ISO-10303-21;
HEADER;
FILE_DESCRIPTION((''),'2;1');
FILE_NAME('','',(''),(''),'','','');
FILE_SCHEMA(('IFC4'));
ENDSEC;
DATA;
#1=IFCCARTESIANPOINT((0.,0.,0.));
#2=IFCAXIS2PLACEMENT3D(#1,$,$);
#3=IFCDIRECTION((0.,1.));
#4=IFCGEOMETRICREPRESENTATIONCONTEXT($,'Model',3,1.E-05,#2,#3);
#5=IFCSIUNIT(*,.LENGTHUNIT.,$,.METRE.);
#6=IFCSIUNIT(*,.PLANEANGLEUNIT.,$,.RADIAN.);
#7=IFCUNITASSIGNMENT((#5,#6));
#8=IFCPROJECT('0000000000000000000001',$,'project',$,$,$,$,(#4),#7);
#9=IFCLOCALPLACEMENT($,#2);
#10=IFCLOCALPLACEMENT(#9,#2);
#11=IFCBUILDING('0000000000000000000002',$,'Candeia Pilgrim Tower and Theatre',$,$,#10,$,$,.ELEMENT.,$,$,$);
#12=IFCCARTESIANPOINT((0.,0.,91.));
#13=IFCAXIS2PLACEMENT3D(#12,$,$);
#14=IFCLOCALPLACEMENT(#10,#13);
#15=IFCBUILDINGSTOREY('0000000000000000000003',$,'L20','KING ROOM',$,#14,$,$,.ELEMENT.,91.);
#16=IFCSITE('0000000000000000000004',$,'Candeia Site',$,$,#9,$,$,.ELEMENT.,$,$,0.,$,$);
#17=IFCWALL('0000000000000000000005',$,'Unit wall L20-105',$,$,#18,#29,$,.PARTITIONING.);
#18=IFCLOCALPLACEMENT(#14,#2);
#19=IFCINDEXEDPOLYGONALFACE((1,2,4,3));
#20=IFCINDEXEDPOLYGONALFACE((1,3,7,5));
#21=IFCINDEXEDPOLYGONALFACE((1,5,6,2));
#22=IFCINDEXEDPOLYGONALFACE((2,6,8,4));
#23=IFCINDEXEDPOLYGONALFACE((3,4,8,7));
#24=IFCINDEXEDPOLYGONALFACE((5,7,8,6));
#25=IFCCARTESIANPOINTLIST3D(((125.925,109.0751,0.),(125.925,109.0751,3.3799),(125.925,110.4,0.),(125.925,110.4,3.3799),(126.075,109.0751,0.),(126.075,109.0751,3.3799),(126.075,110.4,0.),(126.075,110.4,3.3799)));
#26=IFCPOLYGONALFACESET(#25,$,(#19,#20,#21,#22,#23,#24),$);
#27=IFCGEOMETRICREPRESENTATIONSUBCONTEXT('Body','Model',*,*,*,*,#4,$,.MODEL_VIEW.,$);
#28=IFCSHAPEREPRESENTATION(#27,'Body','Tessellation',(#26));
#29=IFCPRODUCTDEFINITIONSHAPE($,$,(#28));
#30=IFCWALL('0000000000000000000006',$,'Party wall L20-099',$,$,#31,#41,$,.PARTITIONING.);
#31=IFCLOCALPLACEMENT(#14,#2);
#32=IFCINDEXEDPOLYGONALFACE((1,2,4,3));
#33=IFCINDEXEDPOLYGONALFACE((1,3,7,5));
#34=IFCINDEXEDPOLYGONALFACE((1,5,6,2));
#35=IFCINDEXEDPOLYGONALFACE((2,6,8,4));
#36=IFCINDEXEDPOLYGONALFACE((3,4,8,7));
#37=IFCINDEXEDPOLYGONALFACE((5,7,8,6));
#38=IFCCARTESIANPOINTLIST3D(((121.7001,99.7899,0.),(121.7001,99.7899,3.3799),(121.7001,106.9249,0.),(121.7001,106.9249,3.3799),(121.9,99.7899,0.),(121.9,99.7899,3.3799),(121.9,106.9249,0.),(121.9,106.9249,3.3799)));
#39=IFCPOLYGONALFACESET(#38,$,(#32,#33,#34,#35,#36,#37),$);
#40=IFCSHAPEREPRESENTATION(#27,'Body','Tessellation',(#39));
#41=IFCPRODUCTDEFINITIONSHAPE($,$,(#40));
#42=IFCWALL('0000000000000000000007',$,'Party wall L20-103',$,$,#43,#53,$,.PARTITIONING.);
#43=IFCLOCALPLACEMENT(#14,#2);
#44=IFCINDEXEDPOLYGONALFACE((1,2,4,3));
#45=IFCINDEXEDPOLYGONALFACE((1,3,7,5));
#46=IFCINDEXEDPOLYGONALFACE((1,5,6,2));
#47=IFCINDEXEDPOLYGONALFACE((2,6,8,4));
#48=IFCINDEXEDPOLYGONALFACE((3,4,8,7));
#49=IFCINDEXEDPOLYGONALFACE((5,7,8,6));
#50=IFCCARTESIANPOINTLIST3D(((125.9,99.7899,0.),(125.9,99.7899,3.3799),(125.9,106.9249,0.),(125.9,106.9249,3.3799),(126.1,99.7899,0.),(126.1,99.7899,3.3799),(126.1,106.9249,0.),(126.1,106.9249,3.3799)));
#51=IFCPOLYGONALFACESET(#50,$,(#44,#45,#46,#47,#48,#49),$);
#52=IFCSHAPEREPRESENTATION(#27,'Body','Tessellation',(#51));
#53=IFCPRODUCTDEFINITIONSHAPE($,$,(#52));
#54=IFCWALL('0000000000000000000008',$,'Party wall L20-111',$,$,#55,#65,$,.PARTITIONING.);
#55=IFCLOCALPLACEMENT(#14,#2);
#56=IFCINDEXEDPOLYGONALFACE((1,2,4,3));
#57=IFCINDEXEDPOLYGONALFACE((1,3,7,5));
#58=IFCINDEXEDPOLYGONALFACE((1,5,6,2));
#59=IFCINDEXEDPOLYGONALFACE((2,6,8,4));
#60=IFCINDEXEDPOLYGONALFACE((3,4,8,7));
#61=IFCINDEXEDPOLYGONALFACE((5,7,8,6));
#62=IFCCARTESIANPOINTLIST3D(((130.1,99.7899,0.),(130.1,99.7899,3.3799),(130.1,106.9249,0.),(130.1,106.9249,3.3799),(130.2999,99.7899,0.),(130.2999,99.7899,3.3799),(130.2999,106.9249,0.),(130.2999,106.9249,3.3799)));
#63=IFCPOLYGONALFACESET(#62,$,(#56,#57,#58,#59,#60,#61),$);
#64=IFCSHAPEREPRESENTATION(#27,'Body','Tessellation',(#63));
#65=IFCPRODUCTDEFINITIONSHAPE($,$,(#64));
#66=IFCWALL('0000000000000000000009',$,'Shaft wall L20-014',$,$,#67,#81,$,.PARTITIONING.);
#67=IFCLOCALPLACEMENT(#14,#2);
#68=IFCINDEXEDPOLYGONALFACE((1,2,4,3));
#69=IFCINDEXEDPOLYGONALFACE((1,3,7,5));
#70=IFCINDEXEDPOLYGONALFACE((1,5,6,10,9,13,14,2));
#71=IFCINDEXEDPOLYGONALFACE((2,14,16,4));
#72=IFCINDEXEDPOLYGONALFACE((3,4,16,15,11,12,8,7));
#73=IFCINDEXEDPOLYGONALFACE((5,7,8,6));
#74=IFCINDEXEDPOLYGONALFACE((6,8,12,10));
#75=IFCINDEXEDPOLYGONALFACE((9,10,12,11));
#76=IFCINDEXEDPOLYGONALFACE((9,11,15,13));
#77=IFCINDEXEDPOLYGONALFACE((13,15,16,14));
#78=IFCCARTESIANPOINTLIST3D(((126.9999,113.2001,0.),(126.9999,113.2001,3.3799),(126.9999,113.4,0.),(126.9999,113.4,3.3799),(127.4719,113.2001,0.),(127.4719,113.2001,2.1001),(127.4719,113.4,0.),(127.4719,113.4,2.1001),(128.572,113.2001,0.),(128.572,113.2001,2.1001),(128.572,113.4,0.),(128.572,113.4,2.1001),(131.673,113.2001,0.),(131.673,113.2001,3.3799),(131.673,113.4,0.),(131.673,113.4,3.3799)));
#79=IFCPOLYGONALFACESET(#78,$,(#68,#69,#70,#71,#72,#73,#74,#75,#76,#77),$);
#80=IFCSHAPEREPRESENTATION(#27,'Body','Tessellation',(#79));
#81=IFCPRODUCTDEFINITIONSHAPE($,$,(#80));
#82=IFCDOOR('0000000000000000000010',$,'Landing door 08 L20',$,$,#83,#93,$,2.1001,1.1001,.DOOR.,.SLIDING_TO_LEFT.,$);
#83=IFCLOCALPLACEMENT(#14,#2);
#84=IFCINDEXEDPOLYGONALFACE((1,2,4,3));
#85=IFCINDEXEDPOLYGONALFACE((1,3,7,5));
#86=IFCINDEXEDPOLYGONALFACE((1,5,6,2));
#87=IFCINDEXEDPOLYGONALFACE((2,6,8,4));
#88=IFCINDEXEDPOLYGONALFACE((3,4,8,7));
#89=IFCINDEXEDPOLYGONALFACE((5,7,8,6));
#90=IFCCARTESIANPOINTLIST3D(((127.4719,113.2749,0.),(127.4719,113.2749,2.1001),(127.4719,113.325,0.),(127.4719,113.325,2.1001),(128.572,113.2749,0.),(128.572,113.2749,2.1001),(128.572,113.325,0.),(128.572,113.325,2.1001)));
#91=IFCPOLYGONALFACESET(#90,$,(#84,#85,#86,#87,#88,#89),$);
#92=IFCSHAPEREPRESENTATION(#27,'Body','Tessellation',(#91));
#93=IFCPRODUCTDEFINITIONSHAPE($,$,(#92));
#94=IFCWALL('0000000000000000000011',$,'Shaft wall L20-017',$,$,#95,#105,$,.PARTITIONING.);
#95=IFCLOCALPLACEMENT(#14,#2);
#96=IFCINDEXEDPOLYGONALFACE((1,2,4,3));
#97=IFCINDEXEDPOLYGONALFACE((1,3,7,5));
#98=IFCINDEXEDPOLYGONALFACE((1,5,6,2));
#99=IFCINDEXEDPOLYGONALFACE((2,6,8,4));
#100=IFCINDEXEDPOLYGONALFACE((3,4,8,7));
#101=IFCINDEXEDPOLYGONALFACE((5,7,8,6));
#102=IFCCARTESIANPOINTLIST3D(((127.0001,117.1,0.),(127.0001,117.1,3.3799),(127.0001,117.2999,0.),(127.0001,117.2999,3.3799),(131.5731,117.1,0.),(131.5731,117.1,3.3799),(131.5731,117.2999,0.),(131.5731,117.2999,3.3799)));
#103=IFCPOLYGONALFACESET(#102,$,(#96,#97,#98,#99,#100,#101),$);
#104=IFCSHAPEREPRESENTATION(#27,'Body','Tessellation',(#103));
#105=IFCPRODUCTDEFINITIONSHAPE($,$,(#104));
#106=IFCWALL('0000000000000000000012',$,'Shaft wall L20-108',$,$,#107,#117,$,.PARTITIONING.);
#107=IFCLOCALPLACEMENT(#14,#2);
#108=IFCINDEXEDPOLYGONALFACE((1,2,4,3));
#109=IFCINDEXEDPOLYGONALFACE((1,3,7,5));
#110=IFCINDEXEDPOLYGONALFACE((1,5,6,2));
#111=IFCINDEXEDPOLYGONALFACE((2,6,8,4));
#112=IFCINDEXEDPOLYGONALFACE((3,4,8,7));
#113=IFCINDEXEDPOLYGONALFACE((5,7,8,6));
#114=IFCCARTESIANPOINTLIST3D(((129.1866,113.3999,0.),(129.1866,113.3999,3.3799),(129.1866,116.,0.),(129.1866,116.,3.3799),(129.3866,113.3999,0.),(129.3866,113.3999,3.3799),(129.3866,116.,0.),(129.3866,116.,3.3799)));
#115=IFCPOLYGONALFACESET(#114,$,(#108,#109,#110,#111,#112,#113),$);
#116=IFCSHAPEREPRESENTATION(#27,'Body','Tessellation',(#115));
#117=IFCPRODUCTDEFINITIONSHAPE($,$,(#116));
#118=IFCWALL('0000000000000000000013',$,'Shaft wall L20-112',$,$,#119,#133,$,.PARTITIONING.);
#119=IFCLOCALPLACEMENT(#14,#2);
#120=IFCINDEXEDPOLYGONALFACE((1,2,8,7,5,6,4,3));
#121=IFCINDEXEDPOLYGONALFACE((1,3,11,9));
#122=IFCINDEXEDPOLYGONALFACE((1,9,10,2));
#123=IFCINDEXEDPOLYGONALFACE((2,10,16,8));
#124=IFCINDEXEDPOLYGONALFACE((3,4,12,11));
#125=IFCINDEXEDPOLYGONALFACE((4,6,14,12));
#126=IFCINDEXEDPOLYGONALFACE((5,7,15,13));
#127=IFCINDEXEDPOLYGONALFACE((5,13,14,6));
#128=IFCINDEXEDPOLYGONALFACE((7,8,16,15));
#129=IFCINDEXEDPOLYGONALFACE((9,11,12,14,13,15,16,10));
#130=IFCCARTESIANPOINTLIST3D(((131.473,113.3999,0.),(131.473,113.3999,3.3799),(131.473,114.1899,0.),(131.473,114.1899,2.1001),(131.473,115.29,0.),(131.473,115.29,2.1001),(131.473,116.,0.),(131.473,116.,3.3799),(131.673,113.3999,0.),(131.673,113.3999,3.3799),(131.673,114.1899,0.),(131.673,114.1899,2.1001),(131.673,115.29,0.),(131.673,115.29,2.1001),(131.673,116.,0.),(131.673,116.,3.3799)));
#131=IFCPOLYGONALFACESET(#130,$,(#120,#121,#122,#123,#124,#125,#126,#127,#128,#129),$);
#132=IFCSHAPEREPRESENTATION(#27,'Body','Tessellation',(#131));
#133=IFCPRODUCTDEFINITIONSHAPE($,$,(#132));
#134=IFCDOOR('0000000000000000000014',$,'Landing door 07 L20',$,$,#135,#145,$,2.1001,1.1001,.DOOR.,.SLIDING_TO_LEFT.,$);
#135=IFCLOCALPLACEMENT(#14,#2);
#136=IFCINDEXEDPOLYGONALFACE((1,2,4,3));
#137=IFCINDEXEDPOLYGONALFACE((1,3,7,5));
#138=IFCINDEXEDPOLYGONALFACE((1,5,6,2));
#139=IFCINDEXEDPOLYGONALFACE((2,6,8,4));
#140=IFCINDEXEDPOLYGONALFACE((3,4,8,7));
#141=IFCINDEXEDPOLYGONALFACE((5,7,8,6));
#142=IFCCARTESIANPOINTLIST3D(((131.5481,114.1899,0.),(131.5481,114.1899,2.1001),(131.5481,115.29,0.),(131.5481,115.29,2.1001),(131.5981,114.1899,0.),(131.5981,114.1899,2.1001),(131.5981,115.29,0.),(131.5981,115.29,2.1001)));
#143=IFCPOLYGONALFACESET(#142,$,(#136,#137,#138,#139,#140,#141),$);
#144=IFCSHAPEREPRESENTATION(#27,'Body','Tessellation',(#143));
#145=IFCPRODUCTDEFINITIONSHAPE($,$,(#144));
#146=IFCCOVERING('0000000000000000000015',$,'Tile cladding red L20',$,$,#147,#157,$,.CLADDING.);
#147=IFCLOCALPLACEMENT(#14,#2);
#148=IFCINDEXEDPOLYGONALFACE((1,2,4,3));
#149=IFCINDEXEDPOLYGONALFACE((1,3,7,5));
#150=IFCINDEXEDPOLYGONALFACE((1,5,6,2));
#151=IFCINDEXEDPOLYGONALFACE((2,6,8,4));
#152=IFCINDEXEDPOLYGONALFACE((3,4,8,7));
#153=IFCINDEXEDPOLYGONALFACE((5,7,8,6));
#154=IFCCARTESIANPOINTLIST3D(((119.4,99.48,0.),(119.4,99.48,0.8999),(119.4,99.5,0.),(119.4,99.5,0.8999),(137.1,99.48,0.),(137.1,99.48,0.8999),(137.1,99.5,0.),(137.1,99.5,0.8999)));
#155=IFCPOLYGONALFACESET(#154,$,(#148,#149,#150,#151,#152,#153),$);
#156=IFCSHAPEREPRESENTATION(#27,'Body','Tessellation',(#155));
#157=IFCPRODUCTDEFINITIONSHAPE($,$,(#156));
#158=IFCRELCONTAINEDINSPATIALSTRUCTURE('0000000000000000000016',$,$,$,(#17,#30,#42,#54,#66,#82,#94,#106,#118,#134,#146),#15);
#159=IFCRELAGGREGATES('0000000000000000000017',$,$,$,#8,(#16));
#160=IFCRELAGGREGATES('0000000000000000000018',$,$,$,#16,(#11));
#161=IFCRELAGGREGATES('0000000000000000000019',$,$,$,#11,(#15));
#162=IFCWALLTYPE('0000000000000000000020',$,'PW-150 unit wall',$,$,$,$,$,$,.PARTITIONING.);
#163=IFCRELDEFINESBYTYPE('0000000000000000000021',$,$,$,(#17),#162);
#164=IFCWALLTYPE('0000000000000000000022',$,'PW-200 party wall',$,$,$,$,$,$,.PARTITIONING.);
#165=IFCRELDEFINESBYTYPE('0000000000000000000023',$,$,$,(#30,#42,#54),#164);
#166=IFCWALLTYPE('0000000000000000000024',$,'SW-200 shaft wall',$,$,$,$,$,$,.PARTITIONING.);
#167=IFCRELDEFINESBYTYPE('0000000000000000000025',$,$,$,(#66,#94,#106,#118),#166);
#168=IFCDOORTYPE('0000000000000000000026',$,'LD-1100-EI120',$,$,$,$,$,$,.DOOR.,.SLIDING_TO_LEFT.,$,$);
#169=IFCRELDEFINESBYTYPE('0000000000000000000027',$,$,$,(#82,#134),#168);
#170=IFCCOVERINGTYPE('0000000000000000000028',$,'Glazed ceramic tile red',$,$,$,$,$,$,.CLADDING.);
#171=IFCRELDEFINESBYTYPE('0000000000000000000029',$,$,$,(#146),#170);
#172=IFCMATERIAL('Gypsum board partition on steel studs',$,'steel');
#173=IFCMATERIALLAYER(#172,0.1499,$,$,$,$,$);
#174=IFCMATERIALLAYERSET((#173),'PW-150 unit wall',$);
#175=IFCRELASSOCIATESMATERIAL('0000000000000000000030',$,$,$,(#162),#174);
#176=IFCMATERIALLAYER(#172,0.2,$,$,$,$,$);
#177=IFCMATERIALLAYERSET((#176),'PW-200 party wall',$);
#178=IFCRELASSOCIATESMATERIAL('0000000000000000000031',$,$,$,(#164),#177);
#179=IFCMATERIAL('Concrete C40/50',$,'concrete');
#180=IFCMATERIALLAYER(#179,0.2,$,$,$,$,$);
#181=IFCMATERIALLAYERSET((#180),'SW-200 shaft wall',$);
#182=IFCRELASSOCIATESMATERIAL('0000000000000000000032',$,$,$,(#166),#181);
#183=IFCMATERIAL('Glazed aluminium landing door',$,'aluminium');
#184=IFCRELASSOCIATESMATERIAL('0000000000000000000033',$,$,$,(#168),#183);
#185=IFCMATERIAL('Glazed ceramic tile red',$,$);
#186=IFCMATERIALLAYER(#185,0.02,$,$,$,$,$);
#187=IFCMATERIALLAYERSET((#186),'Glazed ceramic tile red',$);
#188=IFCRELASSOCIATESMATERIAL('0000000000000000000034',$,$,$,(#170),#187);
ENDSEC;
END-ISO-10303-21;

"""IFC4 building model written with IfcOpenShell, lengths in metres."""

from ifc_helpers import new_model, si_unit, direction, frame, frame_2d, origin, origin_2d, place, context, subcontext, project, spatial, rectangle, extrude, material, layer, layer_set, type_object, element, fill, save


model = new_model("IFC4")

# Units and contexts
model_context = context("Model", 3, precision=1e-05, world=origin(), true_north=direction((0.0, 1.0)))
body_context = subcontext(model_context, "Body", "Model", "MODEL_VIEW")
ifc_project = project(units=[si_unit("LENGTHUNIT", "METRE"), si_unit("PLANEANGLEUNIT", "RADIAN")], contexts=[model_context])

# Site, building, storey
site_placement = place(None, origin())
site = spatial("IfcSite", under=ifc_project, at=site_placement, Name="Candeia Site", CompositionType="ELEMENT", RefElevation=0.0)
building_placement = place(site_placement, origin())
building = spatial("IfcBuilding", under=site, at=building_placement, Name="Candeia Pilgrim Tower and Theatre", CompositionType="ELEMENT")
storey_placement = place(building_placement, frame((0.0, 0.0, 91.0)))
storey = spatial("IfcBuildingStorey", under=building, at=storey_placement, Name="L20", Description="KING ROOM", CompositionType="ELEMENT", Elevation=91.0)

# Shared definitions
ifc_material_1 = material(Name="Gypsum board partition on steel studs", Category="steel")

# Walls
ifc_layer_1 = layer(ifc_material_1, 0.1499)
ifc_layer_set_1 = layer_set([ifc_layer_1], Name="PW-150 unit wall")
wall_type_1 = type_object("IfcWallType", Name="PW-150 unit wall", PredefinedType="PARTITIONING", material=ifc_layer_set_1)
wall_1_placement = place(storey_placement, frame((126.0, 109.075, 0.0), z_axis=(0.0, 0.0, 1.0), x_axis=(0.0, 1.0, 0.0)))
element("IfcWall", 1, at=wall_1_placement, inside=storey, type_object=wall_type_1, Name="Unit wall L20-105", PredefinedType="PARTITIONING", context=body_context, shape_type="SweptSolid", body=[
    extrude(rectangle(XDim=1.325, YDim=0.1499, at=frame_2d((0.6626, 0.0))), origin(), (0.0, 0.0, 1.0), 3.3799),
])
ifc_layer_2 = layer(ifc_material_1, 0.2)
ifc_layer_set_2 = layer_set([ifc_layer_2], Name="PW-200 party wall")
wall_type_2 = type_object("IfcWallType", Name="PW-200 party wall", PredefinedType="PARTITIONING", material=ifc_layer_set_2)
for number, where, z_axis, x_axis, name in (
    (2, (121.8, 99.79, 0.0), (0.0, 0.0, 1.0), (0.0, 1.0, 0.0), "Party wall L20-099"),
    (3, (126.0, 99.79, 0.0), (0.0, 0.0, 1.0), (0.0, 1.0, 0.0), "Party wall L20-103"),
    (4, (130.2, 99.79, 0.0), (0.0, 0.0, 1.0), (0.0, 1.0, 0.0), "Party wall L20-111"),
):
    element("IfcWall", number, at=place(storey_placement, frame(where, z_axis=z_axis, x_axis=x_axis)), inside=storey, type_object=wall_type_2, Name=name, PredefinedType="PARTITIONING", context=body_context, shape_type="SweptSolid", body=[
        extrude(rectangle(XDim=7.135, YDim=0.2, at=frame_2d((3.5674, 0.0))), origin(), (0.0, 0.0, 1.0), 3.3799),
    ])

# Wall, opening, door
ifc_material_2 = material(Name="Concrete C40/50", Category="concrete")
ifc_layer_3 = layer(ifc_material_2, 0.2)
ifc_layer_set_3 = layer_set([ifc_layer_3], Name="SW-200 shaft wall")
wall_type_3 = type_object("IfcWallType", Name="SW-200 shaft wall", PredefinedType="PARTITIONING", material=ifc_layer_set_3)
wall_2_placement = place(storey_placement, frame((127.0, 113.3, 0.0), z_axis=(0.0, 0.0, 1.0), x_axis=(1.0, 0.0, 0.0)))
wall_2 = element("IfcWall", 5, at=wall_2_placement, inside=storey, type_object=wall_type_3, Name="Shaft wall L20-014", PredefinedType="PARTITIONING", context=body_context, shape_type="SweptSolid", body=[
    extrude(rectangle(XDim=4.6731, YDim=0.2, at=frame_2d((2.3364, 0.0))), origin(), (0.0, 0.0, 1.0), 3.3799),
])
opening_1_placement = place(wall_2_placement, frame((0.4719, 0.0, 0.0)))
opening_1 = element("IfcOpeningElement", 6, at=opening_1_placement, cuts=wall_2, PredefinedType="OPENING", context=body_context, shape_type="SweptSolid", body=[
    extrude(rectangle(XDim=1.1001, YDim=2.1001, at=frame_2d((0.55, 1.05))), frame((0.0, 0.1099, 0.0), z_axis=(0.0, -1.0, 0.0), x_axis=(1.0, 0.0, 0.0)), (0.0, 0.0, 1.0), 0.22),
])
ifc_material_3 = material(Name="Glazed aluminium landing door", Category="aluminium")
door_type_1 = type_object("IfcDoorType", Name="LD-1100-EI120", OperationType="SLIDING_TO_LEFT", PredefinedType="DOOR", material=ifc_material_3)
door_1_placement = place(opening_1_placement, origin())
door_1 = element("IfcDoor", 7, at=door_1_placement, inside=storey, type_object=door_type_1, Name="Landing door 08 L20", OperationType="SLIDING_TO_LEFT", OverallHeight=2.1001, OverallWidth=1.1001, PredefinedType="DOOR", context=body_context, shape_type="SweptSolid", body=[
    extrude(rectangle(XDim=1.1001, YDim=2.1001, at=frame_2d((0.55, 1.05))), frame((0.0, 0.0249, 0.0), z_axis=(0.0, -1.0, 0.0), x_axis=(1.0, 0.0, 0.0)), (0.0, 0.0, 1.0), 0.05),
])
fill(opening_1, door_1)

# Walls
wall_3_placement = place(storey_placement, frame((127.0, 117.2, 0.0), z_axis=(0.0, 0.0, 1.0), x_axis=(1.0, 0.0, 0.0)))
element("IfcWall", 8, at=wall_3_placement, inside=storey, type_object=wall_type_3, Name="Shaft wall L20-017", PredefinedType="PARTITIONING", context=body_context, shape_type="SweptSolid", body=[
    extrude(rectangle(XDim=4.573, YDim=0.2, at=frame_2d((2.2866, 0.0))), origin(), (0.0, 0.0, 1.0), 3.3799),
])
wall_4_placement = place(storey_placement, frame((129.2866, 113.3999, 0.0), z_axis=(0.0, 0.0, 1.0), x_axis=(0.0, 1.0, 0.0)))
element("IfcWall", 9, at=wall_4_placement, inside=storey, type_object=wall_type_3, Name="Shaft wall L20-108", PredefinedType="PARTITIONING", context=body_context, shape_type="SweptSolid", body=[
    extrude(rectangle(XDim=2.6001, YDim=0.2, at=frame_2d((1.3, 0.0))), origin(), (0.0, 0.0, 1.0), 3.3799),
])

# Wall, opening, door
wall_5_placement = place(storey_placement, frame((131.573, 113.3999, 0.0), z_axis=(0.0, 0.0, 1.0), x_axis=(0.0, 1.0, 0.0)))
wall_5 = element("IfcWall", 10, at=wall_5_placement, inside=storey, type_object=wall_type_3, Name="Shaft wall L20-112", PredefinedType="PARTITIONING", context=body_context, shape_type="SweptSolid", body=[
    extrude(rectangle(XDim=2.6001, YDim=0.2, at=frame_2d((1.3, 0.0))), origin(), (0.0, 0.0, 1.0), 3.3799),
])
opening_2_placement = place(wall_5_placement, frame((0.79, 0.0, 0.0)))
opening_2 = element("IfcOpeningElement", 11, at=opening_2_placement, cuts=wall_5, PredefinedType="OPENING", context=body_context, shape_type="SweptSolid", body=[
    extrude(rectangle(XDim=1.1001, YDim=2.1001, at=frame_2d((0.55, 1.05))), frame((0.0, 0.1099, 0.0), z_axis=(0.0, -1.0, 0.0), x_axis=(1.0, 0.0, 0.0)), (0.0, 0.0, 1.0), 0.22),
])
door_2_placement = place(opening_2_placement, origin())
door_2 = element("IfcDoor", 12, at=door_2_placement, inside=storey, type_object=door_type_1, Name="Landing door 07 L20", OperationType="SLIDING_TO_LEFT", OverallHeight=2.1001, OverallWidth=1.1001, PredefinedType="DOOR", context=body_context, shape_type="SweptSolid", body=[
    extrude(rectangle(XDim=1.1001, YDim=2.1001, at=frame_2d((0.55, 1.05))), frame((0.0, 0.0249, 0.0), z_axis=(0.0, -1.0, 0.0), x_axis=(1.0, 0.0, 0.0)), (0.0, 0.0, 1.0), 0.05),
])
fill(opening_2, door_2)

# Covering
ifc_material_4 = material(Name="Glazed ceramic tile red")
ifc_layer_4 = layer(ifc_material_4, 0.02)
ifc_layer_set_4 = layer_set([ifc_layer_4], Name="Glazed ceramic tile red")
covering_type = type_object("IfcCoveringType", Name="Glazed ceramic tile red", PredefinedType="CLADDING", material=ifc_layer_set_4)
covering_placement = place(storey_placement, frame((128.25, 99.49, 0.0), z_axis=(0.0, 0.0, 1.0), x_axis=(1.0, 0.0, 0.0)))
element("IfcCovering", 13, at=covering_placement, inside=storey, type_object=covering_type, Name="Tile cladding red L20", PredefinedType="CLADDING", context=body_context, shape_type="SweptSolid", body=[
    extrude(rectangle(XDim=17.7, YDim=0.02, at=origin_2d()), origin(), (0.0, 0.0, 1.0), 0.8999),
])

save(model, "model.ifc")
